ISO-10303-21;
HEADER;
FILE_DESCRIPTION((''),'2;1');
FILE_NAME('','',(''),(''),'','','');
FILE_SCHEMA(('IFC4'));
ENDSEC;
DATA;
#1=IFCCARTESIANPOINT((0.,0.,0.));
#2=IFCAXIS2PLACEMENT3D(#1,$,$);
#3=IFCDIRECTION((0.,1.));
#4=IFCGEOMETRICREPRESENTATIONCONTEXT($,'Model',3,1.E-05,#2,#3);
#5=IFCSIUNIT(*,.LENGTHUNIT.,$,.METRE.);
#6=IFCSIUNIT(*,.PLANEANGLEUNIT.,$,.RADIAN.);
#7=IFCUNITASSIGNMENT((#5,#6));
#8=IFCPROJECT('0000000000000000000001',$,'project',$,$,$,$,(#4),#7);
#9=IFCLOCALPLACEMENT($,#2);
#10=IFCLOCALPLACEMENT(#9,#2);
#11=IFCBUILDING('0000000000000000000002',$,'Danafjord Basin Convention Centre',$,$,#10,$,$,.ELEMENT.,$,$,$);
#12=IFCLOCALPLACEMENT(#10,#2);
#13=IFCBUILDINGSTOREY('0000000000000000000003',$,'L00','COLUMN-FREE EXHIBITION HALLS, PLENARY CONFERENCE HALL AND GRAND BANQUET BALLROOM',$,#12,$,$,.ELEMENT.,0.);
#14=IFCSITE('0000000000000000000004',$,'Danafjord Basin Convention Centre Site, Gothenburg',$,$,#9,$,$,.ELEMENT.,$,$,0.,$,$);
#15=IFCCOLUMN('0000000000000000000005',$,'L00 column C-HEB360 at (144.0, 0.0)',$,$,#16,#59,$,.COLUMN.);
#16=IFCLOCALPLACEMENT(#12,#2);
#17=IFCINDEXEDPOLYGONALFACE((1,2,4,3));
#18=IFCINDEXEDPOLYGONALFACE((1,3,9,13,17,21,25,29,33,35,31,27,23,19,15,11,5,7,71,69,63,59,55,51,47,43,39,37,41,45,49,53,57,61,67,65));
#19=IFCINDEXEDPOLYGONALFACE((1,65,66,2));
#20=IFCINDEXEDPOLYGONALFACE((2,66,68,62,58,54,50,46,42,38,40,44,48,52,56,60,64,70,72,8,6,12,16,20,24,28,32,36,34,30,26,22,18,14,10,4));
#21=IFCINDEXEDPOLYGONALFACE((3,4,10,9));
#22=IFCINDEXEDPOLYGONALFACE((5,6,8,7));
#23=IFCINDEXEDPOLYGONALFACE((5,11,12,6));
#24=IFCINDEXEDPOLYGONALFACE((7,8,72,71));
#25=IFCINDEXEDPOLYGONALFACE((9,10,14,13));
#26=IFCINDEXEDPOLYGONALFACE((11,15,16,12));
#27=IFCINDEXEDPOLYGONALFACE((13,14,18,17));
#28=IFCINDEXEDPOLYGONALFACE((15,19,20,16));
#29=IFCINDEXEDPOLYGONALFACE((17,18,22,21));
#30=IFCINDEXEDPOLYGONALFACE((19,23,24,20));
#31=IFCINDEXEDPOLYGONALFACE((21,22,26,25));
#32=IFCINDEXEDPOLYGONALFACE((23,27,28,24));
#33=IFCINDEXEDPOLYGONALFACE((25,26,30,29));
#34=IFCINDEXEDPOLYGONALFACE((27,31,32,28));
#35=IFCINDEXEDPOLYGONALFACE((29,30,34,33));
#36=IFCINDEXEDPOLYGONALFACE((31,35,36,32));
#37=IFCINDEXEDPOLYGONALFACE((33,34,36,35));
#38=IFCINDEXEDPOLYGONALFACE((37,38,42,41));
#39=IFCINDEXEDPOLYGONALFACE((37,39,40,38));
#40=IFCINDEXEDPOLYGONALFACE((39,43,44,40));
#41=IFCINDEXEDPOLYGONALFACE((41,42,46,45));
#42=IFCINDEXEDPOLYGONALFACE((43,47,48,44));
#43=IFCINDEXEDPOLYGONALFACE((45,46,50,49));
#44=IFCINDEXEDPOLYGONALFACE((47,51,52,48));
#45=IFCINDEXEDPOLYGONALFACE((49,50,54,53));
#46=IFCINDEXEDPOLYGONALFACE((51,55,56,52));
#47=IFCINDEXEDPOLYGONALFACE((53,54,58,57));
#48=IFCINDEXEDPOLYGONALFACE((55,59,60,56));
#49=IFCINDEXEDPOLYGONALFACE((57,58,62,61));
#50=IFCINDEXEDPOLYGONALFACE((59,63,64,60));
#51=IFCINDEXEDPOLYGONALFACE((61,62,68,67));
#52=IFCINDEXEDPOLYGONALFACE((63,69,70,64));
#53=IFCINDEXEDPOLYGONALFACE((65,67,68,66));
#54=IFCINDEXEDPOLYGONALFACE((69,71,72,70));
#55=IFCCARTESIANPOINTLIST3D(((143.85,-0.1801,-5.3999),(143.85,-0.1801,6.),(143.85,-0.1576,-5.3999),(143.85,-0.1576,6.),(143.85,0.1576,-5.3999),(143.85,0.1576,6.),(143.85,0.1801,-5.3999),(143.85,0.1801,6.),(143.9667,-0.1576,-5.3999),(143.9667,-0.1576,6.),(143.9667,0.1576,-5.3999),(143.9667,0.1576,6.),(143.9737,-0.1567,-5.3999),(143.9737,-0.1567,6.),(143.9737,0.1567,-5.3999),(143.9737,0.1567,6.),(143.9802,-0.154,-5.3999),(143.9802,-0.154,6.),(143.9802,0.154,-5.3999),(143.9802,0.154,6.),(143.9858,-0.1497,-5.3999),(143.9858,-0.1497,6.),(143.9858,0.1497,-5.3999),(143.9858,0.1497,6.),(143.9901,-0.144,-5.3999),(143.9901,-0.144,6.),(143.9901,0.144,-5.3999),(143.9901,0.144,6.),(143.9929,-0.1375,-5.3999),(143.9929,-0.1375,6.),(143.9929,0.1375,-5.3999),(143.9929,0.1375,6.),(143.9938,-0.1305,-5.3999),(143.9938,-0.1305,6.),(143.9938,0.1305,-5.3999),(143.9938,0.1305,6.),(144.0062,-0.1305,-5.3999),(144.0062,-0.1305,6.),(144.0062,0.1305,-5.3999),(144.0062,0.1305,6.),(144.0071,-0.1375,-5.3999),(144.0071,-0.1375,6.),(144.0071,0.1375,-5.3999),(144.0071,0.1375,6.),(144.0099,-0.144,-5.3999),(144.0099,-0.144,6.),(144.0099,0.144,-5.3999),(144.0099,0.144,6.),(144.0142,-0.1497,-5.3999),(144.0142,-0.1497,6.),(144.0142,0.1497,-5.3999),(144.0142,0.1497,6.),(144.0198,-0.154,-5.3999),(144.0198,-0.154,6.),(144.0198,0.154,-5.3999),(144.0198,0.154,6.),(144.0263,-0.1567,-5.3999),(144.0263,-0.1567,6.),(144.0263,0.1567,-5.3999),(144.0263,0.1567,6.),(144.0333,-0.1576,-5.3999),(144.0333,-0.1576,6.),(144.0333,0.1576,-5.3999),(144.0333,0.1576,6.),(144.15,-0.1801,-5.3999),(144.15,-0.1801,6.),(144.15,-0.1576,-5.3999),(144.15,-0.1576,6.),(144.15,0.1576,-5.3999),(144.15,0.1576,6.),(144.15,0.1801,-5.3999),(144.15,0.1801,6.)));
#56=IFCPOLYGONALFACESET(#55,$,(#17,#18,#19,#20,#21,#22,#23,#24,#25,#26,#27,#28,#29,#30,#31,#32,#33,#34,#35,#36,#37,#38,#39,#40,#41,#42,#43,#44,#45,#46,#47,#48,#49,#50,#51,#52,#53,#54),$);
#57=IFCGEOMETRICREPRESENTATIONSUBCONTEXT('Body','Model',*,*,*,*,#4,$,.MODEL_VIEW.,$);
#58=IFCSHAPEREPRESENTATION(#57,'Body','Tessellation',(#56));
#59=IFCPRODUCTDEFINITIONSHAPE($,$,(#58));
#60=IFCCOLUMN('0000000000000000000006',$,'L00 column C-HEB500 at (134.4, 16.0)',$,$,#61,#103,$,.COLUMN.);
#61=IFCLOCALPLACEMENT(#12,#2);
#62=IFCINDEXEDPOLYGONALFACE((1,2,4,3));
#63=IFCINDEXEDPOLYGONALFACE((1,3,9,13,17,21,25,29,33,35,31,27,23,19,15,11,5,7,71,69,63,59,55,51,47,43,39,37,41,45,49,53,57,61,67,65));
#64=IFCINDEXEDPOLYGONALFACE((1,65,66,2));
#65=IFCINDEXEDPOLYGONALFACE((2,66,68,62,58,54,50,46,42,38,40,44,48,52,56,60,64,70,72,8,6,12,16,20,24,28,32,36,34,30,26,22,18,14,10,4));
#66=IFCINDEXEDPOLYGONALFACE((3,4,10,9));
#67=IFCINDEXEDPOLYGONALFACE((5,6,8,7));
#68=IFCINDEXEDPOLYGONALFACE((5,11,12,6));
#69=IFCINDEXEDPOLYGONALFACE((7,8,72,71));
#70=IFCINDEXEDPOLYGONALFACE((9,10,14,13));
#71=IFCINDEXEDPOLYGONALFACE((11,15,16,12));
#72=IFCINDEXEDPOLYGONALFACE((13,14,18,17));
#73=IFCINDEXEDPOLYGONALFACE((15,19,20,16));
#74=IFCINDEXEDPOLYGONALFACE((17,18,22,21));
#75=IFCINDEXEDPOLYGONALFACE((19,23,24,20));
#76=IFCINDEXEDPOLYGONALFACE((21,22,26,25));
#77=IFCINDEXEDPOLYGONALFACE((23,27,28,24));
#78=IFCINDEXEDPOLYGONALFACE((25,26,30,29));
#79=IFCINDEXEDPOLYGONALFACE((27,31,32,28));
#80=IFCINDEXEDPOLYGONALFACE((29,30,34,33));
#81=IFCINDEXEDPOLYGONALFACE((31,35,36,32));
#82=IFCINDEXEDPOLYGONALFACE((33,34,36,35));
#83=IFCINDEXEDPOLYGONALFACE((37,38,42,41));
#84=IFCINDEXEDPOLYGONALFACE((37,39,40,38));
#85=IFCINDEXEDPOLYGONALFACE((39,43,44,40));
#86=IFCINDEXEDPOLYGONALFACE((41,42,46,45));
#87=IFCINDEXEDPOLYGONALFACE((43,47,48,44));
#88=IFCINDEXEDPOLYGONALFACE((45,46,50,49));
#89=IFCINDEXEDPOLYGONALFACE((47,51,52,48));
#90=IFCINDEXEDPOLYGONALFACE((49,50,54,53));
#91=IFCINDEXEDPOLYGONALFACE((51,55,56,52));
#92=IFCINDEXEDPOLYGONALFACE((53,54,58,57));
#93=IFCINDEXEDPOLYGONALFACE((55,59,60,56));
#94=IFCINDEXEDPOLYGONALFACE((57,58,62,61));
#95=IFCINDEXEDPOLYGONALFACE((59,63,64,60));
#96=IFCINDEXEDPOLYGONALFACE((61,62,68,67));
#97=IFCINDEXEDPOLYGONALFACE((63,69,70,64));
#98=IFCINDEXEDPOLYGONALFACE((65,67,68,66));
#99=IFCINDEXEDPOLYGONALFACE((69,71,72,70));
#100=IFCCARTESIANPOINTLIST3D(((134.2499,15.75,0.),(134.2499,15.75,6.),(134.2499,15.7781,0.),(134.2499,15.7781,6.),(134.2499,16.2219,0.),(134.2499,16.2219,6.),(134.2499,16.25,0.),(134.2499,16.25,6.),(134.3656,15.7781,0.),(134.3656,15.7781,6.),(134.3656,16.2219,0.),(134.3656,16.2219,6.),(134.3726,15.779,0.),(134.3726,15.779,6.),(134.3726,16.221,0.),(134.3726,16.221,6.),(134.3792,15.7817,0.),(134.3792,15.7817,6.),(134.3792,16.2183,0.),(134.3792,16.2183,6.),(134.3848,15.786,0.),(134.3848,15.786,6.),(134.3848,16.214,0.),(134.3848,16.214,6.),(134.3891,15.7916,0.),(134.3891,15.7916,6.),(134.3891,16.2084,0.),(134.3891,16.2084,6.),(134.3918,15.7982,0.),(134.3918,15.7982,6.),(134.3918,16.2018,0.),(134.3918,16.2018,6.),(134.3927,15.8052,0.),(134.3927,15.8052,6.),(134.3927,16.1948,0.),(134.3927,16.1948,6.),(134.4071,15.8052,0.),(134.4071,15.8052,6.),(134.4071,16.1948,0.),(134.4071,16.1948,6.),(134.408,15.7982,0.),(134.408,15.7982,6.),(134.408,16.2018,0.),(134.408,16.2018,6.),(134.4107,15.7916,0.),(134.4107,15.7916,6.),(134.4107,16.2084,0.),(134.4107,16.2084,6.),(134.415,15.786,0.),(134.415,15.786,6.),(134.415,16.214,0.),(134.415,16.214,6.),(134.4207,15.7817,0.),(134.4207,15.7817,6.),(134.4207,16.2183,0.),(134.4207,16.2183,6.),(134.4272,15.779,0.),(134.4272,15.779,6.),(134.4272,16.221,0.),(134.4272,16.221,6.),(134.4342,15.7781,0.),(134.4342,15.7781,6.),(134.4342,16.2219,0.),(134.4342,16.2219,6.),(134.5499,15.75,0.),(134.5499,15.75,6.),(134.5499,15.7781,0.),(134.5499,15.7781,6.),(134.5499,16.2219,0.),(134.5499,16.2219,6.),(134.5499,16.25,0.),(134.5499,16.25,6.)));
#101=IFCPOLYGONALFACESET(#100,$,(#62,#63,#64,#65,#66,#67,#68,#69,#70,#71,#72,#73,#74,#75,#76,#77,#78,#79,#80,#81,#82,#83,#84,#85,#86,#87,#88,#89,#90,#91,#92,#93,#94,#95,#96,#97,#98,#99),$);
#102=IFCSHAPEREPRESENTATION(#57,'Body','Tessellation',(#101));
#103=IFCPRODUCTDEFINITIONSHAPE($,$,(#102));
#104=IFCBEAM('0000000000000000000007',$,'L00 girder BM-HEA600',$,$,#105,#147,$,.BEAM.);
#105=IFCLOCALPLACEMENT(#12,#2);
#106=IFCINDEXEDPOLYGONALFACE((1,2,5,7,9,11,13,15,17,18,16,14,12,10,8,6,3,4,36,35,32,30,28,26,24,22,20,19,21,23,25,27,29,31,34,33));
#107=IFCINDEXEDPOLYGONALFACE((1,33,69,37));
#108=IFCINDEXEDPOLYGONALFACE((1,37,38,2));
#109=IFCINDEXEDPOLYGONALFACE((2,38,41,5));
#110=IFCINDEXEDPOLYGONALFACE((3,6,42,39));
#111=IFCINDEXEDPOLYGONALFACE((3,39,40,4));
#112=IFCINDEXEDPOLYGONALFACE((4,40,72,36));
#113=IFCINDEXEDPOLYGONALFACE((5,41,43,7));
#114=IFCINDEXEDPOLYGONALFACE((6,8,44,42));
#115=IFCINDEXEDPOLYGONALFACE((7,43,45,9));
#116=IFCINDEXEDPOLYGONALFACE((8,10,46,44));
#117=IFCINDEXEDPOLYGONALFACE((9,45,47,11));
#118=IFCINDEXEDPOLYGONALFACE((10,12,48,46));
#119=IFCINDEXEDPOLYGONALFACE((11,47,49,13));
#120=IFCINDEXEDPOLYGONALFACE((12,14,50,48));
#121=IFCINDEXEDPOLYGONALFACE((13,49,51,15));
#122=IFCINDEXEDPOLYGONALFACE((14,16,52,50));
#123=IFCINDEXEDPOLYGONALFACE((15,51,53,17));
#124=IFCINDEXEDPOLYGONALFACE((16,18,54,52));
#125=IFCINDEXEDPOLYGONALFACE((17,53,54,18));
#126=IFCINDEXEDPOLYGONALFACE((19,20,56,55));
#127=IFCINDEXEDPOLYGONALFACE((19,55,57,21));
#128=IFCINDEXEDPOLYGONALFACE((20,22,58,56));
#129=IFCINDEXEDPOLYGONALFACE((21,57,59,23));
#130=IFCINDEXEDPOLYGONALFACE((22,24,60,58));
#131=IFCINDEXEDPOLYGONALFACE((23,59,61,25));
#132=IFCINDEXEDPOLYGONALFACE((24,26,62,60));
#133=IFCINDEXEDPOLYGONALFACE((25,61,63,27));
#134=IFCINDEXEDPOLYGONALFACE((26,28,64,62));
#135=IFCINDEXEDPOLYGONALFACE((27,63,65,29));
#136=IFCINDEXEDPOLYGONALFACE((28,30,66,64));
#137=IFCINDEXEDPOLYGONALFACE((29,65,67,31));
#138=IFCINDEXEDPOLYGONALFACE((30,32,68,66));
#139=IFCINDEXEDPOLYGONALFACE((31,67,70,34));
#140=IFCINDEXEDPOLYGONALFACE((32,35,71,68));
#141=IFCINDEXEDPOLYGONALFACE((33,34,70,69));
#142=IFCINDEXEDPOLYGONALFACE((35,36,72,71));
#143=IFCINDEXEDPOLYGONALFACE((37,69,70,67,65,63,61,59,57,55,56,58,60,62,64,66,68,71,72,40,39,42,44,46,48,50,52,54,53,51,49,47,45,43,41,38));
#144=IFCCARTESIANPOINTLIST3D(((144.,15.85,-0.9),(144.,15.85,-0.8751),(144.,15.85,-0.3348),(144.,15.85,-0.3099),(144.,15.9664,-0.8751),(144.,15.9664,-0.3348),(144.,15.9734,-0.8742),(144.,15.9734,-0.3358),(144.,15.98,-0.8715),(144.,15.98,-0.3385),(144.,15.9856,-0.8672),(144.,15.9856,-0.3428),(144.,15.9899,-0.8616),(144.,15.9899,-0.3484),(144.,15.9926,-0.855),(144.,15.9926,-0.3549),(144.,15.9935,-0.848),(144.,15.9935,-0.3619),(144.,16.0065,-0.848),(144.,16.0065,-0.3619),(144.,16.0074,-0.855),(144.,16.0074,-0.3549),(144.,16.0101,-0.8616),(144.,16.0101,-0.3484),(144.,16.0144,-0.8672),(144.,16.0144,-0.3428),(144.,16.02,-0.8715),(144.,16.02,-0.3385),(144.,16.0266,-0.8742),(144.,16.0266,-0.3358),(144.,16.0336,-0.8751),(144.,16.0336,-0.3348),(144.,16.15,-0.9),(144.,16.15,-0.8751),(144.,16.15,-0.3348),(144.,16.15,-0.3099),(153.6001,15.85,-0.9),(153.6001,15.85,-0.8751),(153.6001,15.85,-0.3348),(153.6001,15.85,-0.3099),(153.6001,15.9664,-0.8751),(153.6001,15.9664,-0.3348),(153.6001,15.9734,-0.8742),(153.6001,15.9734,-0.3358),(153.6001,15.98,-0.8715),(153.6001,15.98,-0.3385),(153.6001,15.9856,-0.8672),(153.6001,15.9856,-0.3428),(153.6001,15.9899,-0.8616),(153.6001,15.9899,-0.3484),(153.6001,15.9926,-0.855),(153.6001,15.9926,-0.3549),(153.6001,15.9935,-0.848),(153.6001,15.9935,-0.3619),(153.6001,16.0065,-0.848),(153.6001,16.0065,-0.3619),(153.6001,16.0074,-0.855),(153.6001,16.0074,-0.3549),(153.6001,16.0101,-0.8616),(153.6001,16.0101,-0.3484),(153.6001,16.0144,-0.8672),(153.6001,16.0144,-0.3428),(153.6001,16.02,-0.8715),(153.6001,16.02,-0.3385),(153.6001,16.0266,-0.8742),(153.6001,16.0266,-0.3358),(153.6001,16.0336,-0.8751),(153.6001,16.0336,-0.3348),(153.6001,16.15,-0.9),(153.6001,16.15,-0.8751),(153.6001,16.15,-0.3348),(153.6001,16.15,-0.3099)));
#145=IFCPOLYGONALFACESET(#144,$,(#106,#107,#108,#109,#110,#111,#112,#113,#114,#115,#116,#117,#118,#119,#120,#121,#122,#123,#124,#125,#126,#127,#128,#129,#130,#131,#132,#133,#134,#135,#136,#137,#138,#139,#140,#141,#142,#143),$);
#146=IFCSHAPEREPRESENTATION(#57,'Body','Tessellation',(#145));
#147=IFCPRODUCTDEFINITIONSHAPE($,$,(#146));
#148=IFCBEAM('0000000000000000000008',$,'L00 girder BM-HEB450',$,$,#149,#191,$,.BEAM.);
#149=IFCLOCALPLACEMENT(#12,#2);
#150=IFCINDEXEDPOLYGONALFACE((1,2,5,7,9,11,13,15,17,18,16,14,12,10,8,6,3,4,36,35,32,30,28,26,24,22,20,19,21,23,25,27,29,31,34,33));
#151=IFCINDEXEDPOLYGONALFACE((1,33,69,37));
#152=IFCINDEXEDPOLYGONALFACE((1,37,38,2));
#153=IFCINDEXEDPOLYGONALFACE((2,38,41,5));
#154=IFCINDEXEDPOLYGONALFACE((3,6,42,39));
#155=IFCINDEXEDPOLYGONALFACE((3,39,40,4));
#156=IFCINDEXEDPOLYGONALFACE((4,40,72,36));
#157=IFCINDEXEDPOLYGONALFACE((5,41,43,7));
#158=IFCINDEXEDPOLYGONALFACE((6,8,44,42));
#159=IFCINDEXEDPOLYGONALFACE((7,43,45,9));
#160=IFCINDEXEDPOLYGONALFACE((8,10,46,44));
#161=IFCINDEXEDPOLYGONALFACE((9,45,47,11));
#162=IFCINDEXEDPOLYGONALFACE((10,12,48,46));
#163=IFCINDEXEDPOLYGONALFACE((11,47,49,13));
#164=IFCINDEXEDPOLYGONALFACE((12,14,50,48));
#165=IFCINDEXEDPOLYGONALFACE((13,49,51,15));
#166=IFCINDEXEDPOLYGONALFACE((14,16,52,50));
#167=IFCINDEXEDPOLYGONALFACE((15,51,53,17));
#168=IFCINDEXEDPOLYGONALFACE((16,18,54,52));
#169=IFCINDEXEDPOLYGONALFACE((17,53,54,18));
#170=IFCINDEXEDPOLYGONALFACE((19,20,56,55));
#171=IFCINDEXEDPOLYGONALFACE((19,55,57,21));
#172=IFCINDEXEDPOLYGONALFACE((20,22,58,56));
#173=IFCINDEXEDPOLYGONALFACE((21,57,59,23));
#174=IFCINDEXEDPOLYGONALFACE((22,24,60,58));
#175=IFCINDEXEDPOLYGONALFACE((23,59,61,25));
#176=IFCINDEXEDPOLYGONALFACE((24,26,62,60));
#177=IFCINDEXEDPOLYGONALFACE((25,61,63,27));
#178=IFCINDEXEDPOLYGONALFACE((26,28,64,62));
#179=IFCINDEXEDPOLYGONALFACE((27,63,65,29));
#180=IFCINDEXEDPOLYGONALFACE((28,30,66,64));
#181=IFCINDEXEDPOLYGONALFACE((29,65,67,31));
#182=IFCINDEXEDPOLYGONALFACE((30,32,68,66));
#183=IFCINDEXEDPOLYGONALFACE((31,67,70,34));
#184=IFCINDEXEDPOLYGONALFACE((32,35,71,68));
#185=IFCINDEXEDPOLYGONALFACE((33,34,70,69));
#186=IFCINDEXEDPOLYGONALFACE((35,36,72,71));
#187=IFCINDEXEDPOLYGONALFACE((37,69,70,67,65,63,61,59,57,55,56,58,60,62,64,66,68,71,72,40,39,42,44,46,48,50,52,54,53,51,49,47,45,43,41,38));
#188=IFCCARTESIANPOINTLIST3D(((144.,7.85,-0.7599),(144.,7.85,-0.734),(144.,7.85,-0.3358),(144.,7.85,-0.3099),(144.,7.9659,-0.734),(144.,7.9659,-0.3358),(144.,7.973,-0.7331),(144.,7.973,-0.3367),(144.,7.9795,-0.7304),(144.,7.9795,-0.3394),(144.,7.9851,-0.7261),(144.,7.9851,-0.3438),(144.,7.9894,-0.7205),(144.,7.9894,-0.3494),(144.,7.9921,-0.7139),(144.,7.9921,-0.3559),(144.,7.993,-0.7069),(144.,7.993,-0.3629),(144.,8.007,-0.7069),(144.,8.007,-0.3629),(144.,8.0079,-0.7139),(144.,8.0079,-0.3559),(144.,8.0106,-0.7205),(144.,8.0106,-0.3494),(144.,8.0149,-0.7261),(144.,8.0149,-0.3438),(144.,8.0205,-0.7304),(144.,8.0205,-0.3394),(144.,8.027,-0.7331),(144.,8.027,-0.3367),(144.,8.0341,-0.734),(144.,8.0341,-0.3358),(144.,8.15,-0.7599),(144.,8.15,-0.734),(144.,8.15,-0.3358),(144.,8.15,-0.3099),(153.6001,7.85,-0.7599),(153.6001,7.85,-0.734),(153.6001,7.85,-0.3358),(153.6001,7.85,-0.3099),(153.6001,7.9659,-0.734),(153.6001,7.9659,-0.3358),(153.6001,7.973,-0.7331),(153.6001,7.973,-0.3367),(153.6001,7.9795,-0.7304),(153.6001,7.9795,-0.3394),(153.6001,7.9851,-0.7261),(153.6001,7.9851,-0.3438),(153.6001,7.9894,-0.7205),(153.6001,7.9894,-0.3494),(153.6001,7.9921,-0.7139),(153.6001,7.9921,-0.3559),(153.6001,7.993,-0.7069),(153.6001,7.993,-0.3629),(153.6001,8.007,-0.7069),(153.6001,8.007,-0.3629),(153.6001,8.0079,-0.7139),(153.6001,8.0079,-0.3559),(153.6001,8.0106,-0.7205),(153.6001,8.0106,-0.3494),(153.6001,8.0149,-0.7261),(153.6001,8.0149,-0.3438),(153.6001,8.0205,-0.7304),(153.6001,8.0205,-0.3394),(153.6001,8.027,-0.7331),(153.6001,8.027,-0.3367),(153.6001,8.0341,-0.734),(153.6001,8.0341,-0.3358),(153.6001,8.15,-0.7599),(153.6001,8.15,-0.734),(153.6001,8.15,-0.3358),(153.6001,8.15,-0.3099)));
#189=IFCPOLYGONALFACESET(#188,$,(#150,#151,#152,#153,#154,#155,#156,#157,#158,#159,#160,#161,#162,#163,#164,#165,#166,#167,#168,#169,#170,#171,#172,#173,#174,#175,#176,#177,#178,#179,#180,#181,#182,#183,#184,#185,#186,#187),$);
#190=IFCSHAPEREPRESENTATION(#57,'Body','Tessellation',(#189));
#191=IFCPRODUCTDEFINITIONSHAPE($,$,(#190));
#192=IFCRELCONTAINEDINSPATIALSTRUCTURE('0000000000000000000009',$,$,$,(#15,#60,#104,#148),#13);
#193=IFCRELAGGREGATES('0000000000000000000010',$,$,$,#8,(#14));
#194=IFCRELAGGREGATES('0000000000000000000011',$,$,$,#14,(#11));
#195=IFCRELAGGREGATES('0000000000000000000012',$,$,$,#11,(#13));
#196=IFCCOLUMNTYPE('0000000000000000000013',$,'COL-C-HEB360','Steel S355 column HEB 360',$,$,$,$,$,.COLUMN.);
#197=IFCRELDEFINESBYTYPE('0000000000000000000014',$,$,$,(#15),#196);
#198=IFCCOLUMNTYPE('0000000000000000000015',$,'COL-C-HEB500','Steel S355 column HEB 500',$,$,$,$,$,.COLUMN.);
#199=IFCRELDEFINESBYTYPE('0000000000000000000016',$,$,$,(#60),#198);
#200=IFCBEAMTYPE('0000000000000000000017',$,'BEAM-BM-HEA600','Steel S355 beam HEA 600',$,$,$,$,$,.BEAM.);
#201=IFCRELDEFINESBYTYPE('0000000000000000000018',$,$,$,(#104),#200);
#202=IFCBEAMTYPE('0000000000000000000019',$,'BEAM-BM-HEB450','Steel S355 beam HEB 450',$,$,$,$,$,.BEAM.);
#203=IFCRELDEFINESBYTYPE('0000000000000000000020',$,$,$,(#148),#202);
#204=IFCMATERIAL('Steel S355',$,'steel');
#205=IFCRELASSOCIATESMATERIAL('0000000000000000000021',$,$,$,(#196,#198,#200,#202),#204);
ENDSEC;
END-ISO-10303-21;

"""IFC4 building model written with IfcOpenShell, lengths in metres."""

from ifc_helpers import new_model, si_unit, direction, frame, origin, origin_2d, place, context, subcontext, project, spatial, i_section, extrude, material, material_profile, profile_set, type_object, element, save


model = new_model("IFC4")

# Units and contexts
model_context = context("Model", 3, precision=1e-05, world=origin(), true_north=direction((0.0, 1.0)))
body_context = subcontext(model_context, "Body", "Model", "MODEL_VIEW")
ifc_project = project(units=[si_unit("LENGTHUNIT", "METRE"), si_unit("PLANEANGLEUNIT", "RADIAN")], contexts=[model_context])

# Site, building, storey
site_placement = place(None, origin())
site = spatial("IfcSite", under=ifc_project, at=site_placement, Name="Danafjord Basin Convention Centre Site, Gothenburg", CompositionType="ELEMENT", RefElevation=0.0)
building_placement = place(site_placement, origin())
building = spatial("IfcBuilding", under=site, at=building_placement, Name="Danafjord Basin Convention Centre", CompositionType="ELEMENT")
storey_placement = place(building_placement, origin())
storey = spatial("IfcBuildingStorey", under=building, at=storey_placement, Name="L00", Description="COLUMN-FREE EXHIBITION HALLS, PLENARY CONFERENCE HALL AND GRAND BANQUET BALLROOM", CompositionType="ELEMENT", Elevation=0.0)

# Columns
ifc_material_1 = material(Name="Steel S355", Category="steel")
ifc_material_profile_1 = material_profile(ifc_material_1, i_section(OverallWidth=0.3, OverallDepth=0.3601, WebThickness=0.0125, FlangeThickness=0.0225, FilletRadius=0.0271, at=origin_2d()), Name="HEB 360")
ifc_profile_set_1 = profile_set([ifc_material_profile_1], Name="Steel S355")
column_type_1 = type_object("IfcColumnType", Name="COL-C-HEB360", Description="Steel S355 column HEB 360", PredefinedType="COLUMN", material=ifc_profile_set_1)
column_1_placement = place(storey_placement, frame((144.0, 0.0, -5.3999), z_axis=(0.0, 0.0, 1.0), x_axis=(1.0, 0.0, 0.0)))
element("IfcColumn", 1, at=column_1_placement, inside=storey, type_object=column_type_1, Name="L00 column C-HEB360 at (144.0, 0.0)", PredefinedType="COLUMN", context=body_context, shape_type="SweptSolid", body=[
    extrude(i_section(OverallWidth=0.3, OverallDepth=0.3601, WebThickness=0.0125, FlangeThickness=0.0225, FilletRadius=0.0271, at=origin_2d()), origin(), (0.0, 0.0, 1.0), 11.3999),
])
ifc_material_profile_2 = material_profile(ifc_material_1, i_section(OverallWidth=0.3, OverallDepth=0.5, WebThickness=0.0144, FlangeThickness=0.0281, FilletRadius=0.0271, at=origin_2d()), Name="HEB 500")
ifc_profile_set_2 = profile_set([ifc_material_profile_2], Name="Steel S355")
column_type_2 = type_object("IfcColumnType", Name="COL-C-HEB500", Description="Steel S355 column HEB 500", PredefinedType="COLUMN", material=ifc_profile_set_2)
column_2_placement = place(storey_placement, frame((134.3999, 16.0, 0.0), z_axis=(0.0, 0.0, 1.0), x_axis=(1.0, 0.0, 0.0)))
element("IfcColumn", 2, at=column_2_placement, inside=storey, type_object=column_type_2, Name="L00 column C-HEB500 at (134.4, 16.0)", PredefinedType="COLUMN", context=body_context, shape_type="SweptSolid", body=[
    extrude(i_section(OverallWidth=0.3, OverallDepth=0.5, WebThickness=0.0144, FlangeThickness=0.0281, FilletRadius=0.0271, at=origin_2d()), origin(), (0.0, 0.0, 1.0), 6.0),
])

# Beams
ifc_material_profile_3 = material_profile(ifc_material_1, i_section(OverallWidth=0.3, OverallDepth=0.5901, WebThickness=0.0129, FlangeThickness=0.0249, FilletRadius=0.0271, at=origin_2d()), Name="HEA 600")
ifc_profile_set_3 = profile_set([ifc_material_profile_3], Name="Steel S355")
beam_type_1 = type_object("IfcBeamType", Name="BEAM-BM-HEA600", Description="Steel S355 beam HEA 600", PredefinedType="BEAM", material=ifc_profile_set_3)
beam_1_placement = place(storey_placement, frame((144.0, 16.0, -0.605), z_axis=(1.0, 0.0, 0.0), x_axis=(0.0, 1.0, 0.0)))
element("IfcBeam", 3, at=beam_1_placement, inside=storey, type_object=beam_type_1, Name="L00 girder BM-HEA600", PredefinedType="BEAM", context=body_context, shape_type="SweptSolid", body=[
    extrude(i_section(OverallWidth=0.3, OverallDepth=0.5901, WebThickness=0.0129, FlangeThickness=0.0249, FilletRadius=0.0271, at=origin_2d()), origin(), (0.0, 0.0, 1.0), 9.6001),
])
ifc_material_profile_4 = material_profile(ifc_material_1, i_section(OverallWidth=0.3, OverallDepth=0.45, WebThickness=0.0139, FlangeThickness=0.0259, FilletRadius=0.0271, at=origin_2d()), Name="HEB 450")
ifc_profile_set_4 = profile_set([ifc_material_profile_4], Name="Steel S355")
beam_type_2 = type_object("IfcBeamType", Name="BEAM-BM-HEB450", Description="Steel S355 beam HEB 450", PredefinedType="BEAM", material=ifc_profile_set_4)
beam_2_placement = place(storey_placement, frame((144.0, 8.0, -0.5349), z_axis=(1.0, 0.0, 0.0), x_axis=(0.0, 1.0, 0.0)))
element("IfcBeam", 4, at=beam_2_placement, inside=storey, type_object=beam_type_2, Name="L00 girder BM-HEB450", PredefinedType="BEAM", context=body_context, shape_type="SweptSolid", body=[
    extrude(i_section(OverallWidth=0.3, OverallDepth=0.45, WebThickness=0.0139, FlangeThickness=0.0259, FilletRadius=0.0271, at=origin_2d()), origin(), (0.0, 0.0, 1.0), 9.6001),
])

save(model, "model.ifc")
